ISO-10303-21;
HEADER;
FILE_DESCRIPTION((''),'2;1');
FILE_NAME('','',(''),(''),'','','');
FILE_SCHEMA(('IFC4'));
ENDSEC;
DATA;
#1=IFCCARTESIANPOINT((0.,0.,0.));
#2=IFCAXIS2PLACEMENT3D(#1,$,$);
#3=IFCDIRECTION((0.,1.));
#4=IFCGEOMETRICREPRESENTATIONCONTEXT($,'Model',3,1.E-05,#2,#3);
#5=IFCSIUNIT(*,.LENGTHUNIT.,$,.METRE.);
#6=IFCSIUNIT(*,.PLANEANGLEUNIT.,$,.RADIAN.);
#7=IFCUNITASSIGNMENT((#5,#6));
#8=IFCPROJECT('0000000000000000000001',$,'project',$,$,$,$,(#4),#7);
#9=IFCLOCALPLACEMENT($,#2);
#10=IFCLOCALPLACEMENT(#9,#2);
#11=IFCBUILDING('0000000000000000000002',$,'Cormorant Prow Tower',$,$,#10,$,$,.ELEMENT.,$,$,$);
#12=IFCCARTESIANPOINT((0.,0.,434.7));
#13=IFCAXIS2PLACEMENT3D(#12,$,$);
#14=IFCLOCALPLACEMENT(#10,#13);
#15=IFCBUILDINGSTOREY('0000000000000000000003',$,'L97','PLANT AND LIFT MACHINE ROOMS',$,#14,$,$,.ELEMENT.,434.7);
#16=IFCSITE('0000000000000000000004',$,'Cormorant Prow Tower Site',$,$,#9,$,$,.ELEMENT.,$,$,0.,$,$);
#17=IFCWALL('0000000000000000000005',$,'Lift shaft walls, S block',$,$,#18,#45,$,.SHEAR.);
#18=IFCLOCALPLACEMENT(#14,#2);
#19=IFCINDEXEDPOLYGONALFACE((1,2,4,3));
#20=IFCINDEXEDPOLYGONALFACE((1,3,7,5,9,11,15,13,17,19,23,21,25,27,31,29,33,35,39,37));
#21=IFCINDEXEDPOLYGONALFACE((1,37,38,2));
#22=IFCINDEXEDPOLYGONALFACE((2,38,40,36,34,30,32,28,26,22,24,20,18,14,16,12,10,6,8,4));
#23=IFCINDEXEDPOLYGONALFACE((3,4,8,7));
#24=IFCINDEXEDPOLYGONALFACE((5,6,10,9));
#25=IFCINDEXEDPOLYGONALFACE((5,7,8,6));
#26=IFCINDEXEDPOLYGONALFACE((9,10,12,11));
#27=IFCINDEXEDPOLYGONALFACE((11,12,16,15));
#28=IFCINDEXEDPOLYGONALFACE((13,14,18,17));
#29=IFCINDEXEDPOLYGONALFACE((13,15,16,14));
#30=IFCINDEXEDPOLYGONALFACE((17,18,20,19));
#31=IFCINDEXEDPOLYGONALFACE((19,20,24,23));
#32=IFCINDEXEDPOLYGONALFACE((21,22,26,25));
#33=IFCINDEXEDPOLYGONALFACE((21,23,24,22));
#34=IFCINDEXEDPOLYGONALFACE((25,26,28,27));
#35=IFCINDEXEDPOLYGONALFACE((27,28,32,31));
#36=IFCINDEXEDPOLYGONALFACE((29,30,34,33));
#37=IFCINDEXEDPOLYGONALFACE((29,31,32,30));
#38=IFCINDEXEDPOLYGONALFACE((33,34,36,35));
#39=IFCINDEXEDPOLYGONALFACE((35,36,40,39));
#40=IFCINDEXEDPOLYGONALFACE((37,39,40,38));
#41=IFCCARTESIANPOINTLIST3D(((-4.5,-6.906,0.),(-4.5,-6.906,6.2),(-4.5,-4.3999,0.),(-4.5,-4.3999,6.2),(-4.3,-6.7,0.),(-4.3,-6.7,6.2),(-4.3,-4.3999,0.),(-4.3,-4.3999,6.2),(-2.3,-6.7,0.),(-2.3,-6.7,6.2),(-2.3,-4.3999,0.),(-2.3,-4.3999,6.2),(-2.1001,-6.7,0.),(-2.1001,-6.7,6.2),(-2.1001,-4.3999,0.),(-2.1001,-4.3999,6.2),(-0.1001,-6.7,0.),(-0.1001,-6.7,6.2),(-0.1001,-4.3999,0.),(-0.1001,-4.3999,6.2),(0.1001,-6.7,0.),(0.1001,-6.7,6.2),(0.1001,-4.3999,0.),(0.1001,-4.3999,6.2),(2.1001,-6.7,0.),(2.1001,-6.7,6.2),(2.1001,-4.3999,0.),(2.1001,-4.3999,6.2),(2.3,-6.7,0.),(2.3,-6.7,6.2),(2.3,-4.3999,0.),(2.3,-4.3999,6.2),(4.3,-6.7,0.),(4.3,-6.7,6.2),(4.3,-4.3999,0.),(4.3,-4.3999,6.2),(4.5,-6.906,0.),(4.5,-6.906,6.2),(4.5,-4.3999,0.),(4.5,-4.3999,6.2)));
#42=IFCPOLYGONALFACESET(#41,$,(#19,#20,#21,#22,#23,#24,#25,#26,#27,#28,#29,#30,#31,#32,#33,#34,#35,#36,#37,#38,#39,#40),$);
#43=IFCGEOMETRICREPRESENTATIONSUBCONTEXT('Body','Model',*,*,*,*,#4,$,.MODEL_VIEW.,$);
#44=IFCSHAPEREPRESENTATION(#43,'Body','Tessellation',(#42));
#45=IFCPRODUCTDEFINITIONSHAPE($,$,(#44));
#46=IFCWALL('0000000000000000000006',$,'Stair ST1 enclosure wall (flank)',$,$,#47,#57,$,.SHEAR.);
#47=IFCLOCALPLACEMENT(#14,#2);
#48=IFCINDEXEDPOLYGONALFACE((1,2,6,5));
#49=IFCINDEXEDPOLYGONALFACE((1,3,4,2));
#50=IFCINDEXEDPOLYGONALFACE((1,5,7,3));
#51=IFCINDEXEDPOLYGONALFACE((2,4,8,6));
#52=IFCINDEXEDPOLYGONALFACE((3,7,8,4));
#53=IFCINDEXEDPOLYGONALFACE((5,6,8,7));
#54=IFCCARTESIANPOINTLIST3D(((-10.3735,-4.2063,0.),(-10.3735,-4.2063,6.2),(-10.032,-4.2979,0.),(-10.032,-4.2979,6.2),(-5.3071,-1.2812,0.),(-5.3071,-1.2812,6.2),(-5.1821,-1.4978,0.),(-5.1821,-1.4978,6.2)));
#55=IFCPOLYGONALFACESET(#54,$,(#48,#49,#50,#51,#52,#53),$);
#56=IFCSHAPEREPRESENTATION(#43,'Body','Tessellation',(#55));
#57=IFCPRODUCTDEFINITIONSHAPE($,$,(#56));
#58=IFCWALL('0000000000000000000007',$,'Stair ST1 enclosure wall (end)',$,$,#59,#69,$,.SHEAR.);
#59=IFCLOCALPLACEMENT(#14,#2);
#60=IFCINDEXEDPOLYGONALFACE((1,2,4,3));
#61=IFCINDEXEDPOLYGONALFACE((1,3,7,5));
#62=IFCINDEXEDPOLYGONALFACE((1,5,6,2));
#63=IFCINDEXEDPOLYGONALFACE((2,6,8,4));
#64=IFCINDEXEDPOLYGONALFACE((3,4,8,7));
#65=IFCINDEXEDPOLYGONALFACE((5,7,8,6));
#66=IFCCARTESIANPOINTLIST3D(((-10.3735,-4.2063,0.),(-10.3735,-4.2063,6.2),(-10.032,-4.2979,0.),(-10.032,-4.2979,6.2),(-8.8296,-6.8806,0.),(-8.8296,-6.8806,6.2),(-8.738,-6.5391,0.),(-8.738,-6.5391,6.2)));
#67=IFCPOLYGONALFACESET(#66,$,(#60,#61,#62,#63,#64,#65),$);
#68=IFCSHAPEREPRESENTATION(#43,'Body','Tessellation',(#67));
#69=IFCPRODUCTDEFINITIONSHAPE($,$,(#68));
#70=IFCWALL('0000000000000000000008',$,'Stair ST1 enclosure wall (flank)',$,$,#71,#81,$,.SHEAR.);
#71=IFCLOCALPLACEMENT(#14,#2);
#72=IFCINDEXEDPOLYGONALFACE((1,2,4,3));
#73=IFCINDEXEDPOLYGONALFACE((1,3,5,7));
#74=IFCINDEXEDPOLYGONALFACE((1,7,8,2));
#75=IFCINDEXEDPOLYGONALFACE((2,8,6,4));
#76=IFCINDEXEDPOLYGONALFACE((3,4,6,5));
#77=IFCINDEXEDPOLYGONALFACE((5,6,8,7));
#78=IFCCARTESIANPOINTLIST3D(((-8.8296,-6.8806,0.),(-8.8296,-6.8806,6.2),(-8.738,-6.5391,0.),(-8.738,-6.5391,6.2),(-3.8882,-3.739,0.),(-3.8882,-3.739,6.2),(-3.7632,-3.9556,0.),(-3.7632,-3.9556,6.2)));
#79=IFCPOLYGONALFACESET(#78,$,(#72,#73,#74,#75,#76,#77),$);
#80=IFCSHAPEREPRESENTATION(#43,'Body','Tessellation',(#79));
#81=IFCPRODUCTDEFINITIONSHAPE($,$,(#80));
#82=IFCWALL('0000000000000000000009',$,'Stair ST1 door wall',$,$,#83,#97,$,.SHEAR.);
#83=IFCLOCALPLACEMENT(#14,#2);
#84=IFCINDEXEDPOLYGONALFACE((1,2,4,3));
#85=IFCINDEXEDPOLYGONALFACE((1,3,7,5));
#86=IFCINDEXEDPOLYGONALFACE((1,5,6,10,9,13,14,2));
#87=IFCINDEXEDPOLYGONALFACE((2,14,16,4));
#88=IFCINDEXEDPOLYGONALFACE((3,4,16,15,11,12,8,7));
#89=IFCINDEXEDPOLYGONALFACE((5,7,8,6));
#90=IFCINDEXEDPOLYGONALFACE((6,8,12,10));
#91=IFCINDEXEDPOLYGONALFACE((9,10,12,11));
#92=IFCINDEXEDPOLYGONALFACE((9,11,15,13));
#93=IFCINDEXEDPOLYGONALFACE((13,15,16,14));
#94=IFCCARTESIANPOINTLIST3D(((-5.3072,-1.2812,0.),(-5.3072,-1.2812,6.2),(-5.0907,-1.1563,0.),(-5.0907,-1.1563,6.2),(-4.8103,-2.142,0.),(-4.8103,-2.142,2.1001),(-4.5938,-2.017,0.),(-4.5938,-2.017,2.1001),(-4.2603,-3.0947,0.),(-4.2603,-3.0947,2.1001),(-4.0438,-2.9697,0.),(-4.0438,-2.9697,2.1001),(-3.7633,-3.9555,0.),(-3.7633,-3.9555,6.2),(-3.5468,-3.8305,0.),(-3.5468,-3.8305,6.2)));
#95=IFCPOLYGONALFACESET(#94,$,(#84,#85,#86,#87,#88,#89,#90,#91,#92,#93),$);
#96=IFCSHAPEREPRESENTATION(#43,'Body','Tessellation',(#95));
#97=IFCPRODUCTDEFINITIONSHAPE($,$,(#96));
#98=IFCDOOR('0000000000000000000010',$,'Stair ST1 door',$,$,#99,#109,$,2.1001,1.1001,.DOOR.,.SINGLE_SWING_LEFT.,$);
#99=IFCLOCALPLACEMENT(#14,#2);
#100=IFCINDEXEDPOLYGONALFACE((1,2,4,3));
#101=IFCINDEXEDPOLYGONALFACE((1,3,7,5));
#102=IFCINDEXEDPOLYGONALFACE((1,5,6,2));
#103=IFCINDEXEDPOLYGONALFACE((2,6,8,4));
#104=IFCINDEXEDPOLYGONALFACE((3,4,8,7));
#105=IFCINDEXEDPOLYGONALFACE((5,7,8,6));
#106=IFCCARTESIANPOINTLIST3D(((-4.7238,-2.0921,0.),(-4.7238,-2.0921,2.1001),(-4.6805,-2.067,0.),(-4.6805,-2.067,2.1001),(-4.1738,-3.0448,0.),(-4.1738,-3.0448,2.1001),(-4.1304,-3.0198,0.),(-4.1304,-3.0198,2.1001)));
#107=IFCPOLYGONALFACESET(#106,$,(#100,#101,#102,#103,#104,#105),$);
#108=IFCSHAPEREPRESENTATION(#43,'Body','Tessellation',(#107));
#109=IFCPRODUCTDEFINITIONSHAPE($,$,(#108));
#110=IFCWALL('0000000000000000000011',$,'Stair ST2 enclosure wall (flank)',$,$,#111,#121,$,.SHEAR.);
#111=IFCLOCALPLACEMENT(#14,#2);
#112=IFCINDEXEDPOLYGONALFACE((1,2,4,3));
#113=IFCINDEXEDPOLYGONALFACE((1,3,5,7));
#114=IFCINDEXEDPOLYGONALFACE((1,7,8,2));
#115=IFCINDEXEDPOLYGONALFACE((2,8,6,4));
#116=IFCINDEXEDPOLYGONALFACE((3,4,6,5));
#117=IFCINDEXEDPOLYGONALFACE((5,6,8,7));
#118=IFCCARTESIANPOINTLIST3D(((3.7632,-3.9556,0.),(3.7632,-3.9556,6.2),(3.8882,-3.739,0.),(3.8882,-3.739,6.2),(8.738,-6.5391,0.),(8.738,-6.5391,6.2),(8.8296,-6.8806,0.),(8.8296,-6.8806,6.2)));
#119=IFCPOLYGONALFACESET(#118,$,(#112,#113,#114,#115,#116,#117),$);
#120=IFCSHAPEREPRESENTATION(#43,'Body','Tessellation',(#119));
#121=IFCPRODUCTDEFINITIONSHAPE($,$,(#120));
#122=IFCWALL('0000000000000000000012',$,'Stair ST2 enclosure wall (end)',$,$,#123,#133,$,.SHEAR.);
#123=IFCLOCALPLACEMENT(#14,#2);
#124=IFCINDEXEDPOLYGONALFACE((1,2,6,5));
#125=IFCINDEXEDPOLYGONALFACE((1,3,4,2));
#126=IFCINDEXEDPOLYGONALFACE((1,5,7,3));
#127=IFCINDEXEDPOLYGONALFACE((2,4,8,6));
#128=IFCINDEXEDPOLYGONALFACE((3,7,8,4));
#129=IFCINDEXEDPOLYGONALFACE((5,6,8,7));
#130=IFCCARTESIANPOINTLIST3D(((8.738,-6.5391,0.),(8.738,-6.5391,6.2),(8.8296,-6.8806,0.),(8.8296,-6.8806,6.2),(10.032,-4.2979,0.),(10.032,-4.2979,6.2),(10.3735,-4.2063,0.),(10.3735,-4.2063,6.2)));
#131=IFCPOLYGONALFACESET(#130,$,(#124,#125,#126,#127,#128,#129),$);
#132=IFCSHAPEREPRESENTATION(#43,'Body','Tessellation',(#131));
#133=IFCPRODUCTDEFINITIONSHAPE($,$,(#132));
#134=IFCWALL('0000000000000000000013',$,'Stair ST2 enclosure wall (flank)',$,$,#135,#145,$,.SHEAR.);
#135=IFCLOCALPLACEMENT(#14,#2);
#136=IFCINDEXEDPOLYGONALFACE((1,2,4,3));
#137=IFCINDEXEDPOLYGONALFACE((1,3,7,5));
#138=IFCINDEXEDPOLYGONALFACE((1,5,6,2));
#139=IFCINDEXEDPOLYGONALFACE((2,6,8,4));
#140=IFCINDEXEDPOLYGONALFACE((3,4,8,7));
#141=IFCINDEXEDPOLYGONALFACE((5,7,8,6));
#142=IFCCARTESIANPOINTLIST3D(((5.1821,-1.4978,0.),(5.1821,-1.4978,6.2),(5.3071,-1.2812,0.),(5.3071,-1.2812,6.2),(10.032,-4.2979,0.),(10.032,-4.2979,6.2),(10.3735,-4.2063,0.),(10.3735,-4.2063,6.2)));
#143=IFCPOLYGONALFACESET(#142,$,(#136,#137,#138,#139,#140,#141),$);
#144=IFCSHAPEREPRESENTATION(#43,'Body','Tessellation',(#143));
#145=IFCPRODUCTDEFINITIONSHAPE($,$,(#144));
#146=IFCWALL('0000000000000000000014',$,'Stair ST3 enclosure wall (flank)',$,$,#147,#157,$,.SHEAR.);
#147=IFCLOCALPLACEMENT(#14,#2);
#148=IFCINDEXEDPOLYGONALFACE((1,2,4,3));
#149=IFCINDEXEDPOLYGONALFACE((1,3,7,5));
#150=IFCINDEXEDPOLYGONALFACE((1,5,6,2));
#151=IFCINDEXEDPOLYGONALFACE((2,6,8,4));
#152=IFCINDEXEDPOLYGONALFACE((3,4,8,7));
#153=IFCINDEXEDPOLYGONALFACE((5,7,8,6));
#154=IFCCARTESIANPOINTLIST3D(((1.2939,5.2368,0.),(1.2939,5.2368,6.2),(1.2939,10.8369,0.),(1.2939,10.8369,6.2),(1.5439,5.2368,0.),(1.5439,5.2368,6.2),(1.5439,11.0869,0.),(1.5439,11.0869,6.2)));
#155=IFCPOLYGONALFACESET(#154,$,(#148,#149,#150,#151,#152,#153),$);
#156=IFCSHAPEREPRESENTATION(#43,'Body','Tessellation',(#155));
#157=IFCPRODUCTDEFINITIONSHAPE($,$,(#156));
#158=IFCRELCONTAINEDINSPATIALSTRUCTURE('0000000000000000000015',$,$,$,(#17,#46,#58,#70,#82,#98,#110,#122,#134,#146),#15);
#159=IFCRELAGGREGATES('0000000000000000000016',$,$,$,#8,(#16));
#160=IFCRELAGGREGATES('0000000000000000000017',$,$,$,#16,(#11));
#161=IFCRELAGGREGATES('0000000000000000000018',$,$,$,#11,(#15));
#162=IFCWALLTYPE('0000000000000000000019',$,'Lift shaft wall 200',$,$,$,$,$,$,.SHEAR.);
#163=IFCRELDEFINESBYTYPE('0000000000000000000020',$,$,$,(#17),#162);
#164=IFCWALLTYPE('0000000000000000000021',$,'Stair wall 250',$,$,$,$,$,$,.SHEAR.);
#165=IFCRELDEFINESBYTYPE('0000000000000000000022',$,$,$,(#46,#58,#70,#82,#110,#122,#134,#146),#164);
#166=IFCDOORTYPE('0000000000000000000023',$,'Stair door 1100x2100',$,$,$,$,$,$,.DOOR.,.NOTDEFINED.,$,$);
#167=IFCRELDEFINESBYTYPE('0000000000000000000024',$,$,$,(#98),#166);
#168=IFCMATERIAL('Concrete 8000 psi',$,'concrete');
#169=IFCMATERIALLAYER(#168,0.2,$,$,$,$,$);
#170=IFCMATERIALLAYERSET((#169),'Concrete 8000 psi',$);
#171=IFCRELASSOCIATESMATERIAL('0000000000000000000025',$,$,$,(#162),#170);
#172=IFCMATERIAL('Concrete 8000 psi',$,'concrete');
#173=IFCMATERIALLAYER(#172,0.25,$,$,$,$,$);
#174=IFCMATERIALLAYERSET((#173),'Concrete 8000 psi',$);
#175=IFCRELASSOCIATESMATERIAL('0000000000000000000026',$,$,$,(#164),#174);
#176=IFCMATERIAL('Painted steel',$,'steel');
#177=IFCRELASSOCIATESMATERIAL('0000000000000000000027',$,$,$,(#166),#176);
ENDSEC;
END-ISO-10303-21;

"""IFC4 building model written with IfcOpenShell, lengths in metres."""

from ifc_helpers import new_model, si_unit, direction, frame, frame_2d, origin, place, context, subcontext, project, spatial, polyline, rectangle, outline, extrude, material, layer, layer_set, type_object, element, fill, save


model = new_model("IFC4")

# Units and contexts
model_context = context("Model", 3, precision=1e-05, world=origin(), true_north=direction((0.0, 1.0)))
body_context = subcontext(model_context, "Body", "Model", "MODEL_VIEW")
ifc_project = project(units=[si_unit("LENGTHUNIT", "METRE"), si_unit("PLANEANGLEUNIT", "RADIAN")], contexts=[model_context])

# Site, building, storey
site_placement = place(None, origin())
site = spatial("IfcSite", under=ifc_project, at=site_placement, Name="Cormorant Prow Tower Site", CompositionType="ELEMENT", RefElevation=0.0)
building_placement = place(site_placement, origin())
building = spatial("IfcBuilding", under=site, at=building_placement, Name="Cormorant Prow Tower", CompositionType="ELEMENT")
storey_placement = place(building_placement, frame((0.0, 0.0, 434.7)))
storey = spatial("IfcBuildingStorey", under=building, at=storey_placement, Name="L97", Description="PLANT AND LIFT MACHINE ROOMS", CompositionType="ELEMENT", Elevation=434.7)

# Walls
ifc_material_1 = material(Name="Concrete 8000 psi", Category="concrete")
ifc_layer_1 = layer(ifc_material_1, 0.2)
ifc_layer_set_1 = layer_set([ifc_layer_1], Name="Concrete 8000 psi")
wall_type_1 = type_object("IfcWallType", Name="Lift shaft wall 200", PredefinedType="SHEAR", material=ifc_layer_set_1)
wall_1_placement = place(storey_placement, origin())
element("IfcWall", 1, at=wall_1_placement, inside=storey, type_object=wall_type_1, Name="Lift shaft walls, S block", PredefinedType="SHEAR", context=body_context, shape_type="SweptSolid", body=[
    extrude(outline(polyline([(4.5, -4.3999), (4.5, -6.906), (-4.5, -6.906), (-4.5, -4.3999), (-4.3, -4.3999), (-4.3, -6.7), (-2.3, -6.7), (-2.3, -4.3999), (-2.1001, -4.3999), (-2.1001, -6.7), (-0.1001, -6.7), (-0.1001, -4.3999), (0.1001, -4.3999), (0.1001, -6.7), (2.1001, -6.7), (2.1001, -4.3999), (2.3, -4.3999), (2.3, -6.7), (4.3, -6.7), (4.3, -4.3999), (4.5, -4.3999)])), origin(), (0.0, 0.0, 1.0), 6.2),
])
ifc_material_2 = material(Name="Concrete 8000 psi", Category="concrete")
ifc_layer_2 = layer(ifc_material_2, 0.25)
ifc_layer_set_2 = layer_set([ifc_layer_2], Name="Concrete 8000 psi")
wall_type_2 = type_object("IfcWallType", Name="Stair wall 250", PredefinedType="SHEAR", material=ifc_layer_set_2)
wall_2_placement = place(storey_placement, origin())
element("IfcWall", 2, at=wall_2_placement, inside=storey, type_object=wall_type_2, Name="Stair ST1 enclosure wall (flank)", PredefinedType="SHEAR", context=body_context, shape_type="SweptSolid", body=[
    extrude(outline(polyline([(-5.3071, -1.2812), (-10.3735, -4.2063), (-10.032, -4.2979), (-5.1821, -1.4978), (-5.3071, -1.2812)])), origin(), (0.0, 0.0, 1.0), 6.2),
])
wall_3_placement = place(storey_placement, origin())
element("IfcWall", 3, at=wall_3_placement, inside=storey, type_object=wall_type_2, Name="Stair ST1 enclosure wall (end)", PredefinedType="SHEAR", context=body_context, shape_type="SweptSolid", body=[
    extrude(outline(polyline([(-10.3735, -4.2063), (-8.8296, -6.8806), (-8.738, -6.5391), (-10.032, -4.2979), (-10.3735, -4.2063)])), origin(), (0.0, 0.0, 1.0), 6.2),
])
wall_4_placement = place(storey_placement, origin())
element("IfcWall", 4, at=wall_4_placement, inside=storey, type_object=wall_type_2, Name="Stair ST1 enclosure wall (flank)", PredefinedType="SHEAR", context=body_context, shape_type="SweptSolid", body=[
    extrude(outline(polyline([(-8.738, -6.5391), (-8.8296, -6.8806), (-3.7632, -3.9556), (-3.8882, -3.739), (-8.738, -6.5391)])), origin(), (0.0, 0.0, 1.0), 6.2),
])

# Wall, opening, door
wall_5_placement = place(storey_placement, frame((-5.199, -1.2188, 0.0), z_axis=(0.0, 0.0, 1.0), x_axis=(0.499983, -0.866035, 0.0)))
wall_5 = element("IfcWall", 5, at=wall_5_placement, inside=storey, type_object=wall_type_2, Name="Stair ST1 door wall", PredefinedType="SHEAR", context=body_context, shape_type="SweptSolid", body=[
    extrude(rectangle(XDim=3.0879, YDim=0.25, at=frame_2d((1.5439, 0.0))), origin(), (0.0, 0.0, 1.0), 6.2),
])
opening_1_placement = place(wall_5_placement, frame((0.9939, 0.0, 0.0)))
opening_1 = element("IfcOpeningElement", 6, at=opening_1_placement, cuts=wall_5, PredefinedType="OPENING", context=body_context, shape_type="SweptSolid", body=[
    extrude(rectangle(XDim=1.1001, YDim=2.1001, at=frame_2d((0.55, 1.05))), frame((0.0, 0.135, 0.0), z_axis=(0.0, -1.0, 0.0), x_axis=(1.0, 0.0, 0.0)), (0.0, 0.0, 1.0), 0.27),
])
ifc_material_3 = material(Name="Painted steel", Category="steel")
door_type_1 = type_object("IfcDoorType", Name="Stair door 1100x2100", OperationType="NOTDEFINED", PredefinedType="DOOR", material=ifc_material_3)
door_1_placement = place(opening_1_placement, origin())
door_1 = element("IfcDoor", 7, at=door_1_placement, inside=storey, type_object=door_type_1, Name="Stair ST1 door", OperationType="SINGLE_SWING_LEFT", OverallHeight=2.1001, OverallWidth=1.1001, PredefinedType="DOOR", context=body_context, shape_type="SweptSolid", body=[
    extrude(rectangle(XDim=1.1001, YDim=2.1001, at=frame_2d((0.55, 1.05))), frame((0.0, 0.0249, 0.0), z_axis=(0.0, -1.0, 0.0), x_axis=(1.0, 0.0, 0.0)), (0.0, 0.0, 1.0), 0.05),
])
fill(opening_1, door_1)

# Walls
wall_6_placement = place(storey_placement, origin())
element("IfcWall", 8, at=wall_6_placement, inside=storey, type_object=wall_type_2, Name="Stair ST2 enclosure wall (flank)", PredefinedType="SHEAR", context=body_context, shape_type="SweptSolid", body=[
    extrude(outline(polyline([(3.7632, -3.9556), (8.8296, -6.8806), (8.738, -6.5391), (3.8882, -3.739), (3.7632, -3.9556)])), origin(), (0.0, 0.0, 1.0), 6.2),
])
wall_7_placement = place(storey_placement, origin())
element("IfcWall", 9, at=wall_7_placement, inside=storey, type_object=wall_type_2, Name="Stair ST2 enclosure wall (end)", PredefinedType="SHEAR", context=body_context, shape_type="SweptSolid", body=[
    extrude(outline(polyline([(8.8296, -6.8806), (10.3735, -4.2063), (10.032, -4.2979), (8.738, -6.5391), (8.8296, -6.8806)])), origin(), (0.0, 0.0, 1.0), 6.2),
])
wall_8_placement = place(storey_placement, origin())
element("IfcWall", 10, at=wall_8_placement, inside=storey, type_object=wall_type_2, Name="Stair ST2 enclosure wall (flank)", PredefinedType="SHEAR", context=body_context, shape_type="SweptSolid", body=[
    extrude(outline(polyline([(10.032, -4.2979), (10.3735, -4.2063), (5.3071, -1.2812), (5.1821, -1.4978), (10.032, -4.2979)])), origin(), (0.0, 0.0, 1.0), 6.2),
])
wall_9_placement = place(storey_placement, origin())
element("IfcWall", 11, at=wall_9_placement, inside=storey, type_object=wall_type_2, Name="Stair ST3 enclosure wall (flank)", PredefinedType="SHEAR", context=body_context, shape_type="SweptSolid", body=[
    extrude(outline(polyline([(1.5439, 5.2368), (1.5439, 11.0869), (1.2939, 10.8369), (1.2939, 5.2368), (1.5439, 5.2368)])), origin(), (0.0, 0.0, 1.0), 6.2),
])

save(model, "model.ifc")
